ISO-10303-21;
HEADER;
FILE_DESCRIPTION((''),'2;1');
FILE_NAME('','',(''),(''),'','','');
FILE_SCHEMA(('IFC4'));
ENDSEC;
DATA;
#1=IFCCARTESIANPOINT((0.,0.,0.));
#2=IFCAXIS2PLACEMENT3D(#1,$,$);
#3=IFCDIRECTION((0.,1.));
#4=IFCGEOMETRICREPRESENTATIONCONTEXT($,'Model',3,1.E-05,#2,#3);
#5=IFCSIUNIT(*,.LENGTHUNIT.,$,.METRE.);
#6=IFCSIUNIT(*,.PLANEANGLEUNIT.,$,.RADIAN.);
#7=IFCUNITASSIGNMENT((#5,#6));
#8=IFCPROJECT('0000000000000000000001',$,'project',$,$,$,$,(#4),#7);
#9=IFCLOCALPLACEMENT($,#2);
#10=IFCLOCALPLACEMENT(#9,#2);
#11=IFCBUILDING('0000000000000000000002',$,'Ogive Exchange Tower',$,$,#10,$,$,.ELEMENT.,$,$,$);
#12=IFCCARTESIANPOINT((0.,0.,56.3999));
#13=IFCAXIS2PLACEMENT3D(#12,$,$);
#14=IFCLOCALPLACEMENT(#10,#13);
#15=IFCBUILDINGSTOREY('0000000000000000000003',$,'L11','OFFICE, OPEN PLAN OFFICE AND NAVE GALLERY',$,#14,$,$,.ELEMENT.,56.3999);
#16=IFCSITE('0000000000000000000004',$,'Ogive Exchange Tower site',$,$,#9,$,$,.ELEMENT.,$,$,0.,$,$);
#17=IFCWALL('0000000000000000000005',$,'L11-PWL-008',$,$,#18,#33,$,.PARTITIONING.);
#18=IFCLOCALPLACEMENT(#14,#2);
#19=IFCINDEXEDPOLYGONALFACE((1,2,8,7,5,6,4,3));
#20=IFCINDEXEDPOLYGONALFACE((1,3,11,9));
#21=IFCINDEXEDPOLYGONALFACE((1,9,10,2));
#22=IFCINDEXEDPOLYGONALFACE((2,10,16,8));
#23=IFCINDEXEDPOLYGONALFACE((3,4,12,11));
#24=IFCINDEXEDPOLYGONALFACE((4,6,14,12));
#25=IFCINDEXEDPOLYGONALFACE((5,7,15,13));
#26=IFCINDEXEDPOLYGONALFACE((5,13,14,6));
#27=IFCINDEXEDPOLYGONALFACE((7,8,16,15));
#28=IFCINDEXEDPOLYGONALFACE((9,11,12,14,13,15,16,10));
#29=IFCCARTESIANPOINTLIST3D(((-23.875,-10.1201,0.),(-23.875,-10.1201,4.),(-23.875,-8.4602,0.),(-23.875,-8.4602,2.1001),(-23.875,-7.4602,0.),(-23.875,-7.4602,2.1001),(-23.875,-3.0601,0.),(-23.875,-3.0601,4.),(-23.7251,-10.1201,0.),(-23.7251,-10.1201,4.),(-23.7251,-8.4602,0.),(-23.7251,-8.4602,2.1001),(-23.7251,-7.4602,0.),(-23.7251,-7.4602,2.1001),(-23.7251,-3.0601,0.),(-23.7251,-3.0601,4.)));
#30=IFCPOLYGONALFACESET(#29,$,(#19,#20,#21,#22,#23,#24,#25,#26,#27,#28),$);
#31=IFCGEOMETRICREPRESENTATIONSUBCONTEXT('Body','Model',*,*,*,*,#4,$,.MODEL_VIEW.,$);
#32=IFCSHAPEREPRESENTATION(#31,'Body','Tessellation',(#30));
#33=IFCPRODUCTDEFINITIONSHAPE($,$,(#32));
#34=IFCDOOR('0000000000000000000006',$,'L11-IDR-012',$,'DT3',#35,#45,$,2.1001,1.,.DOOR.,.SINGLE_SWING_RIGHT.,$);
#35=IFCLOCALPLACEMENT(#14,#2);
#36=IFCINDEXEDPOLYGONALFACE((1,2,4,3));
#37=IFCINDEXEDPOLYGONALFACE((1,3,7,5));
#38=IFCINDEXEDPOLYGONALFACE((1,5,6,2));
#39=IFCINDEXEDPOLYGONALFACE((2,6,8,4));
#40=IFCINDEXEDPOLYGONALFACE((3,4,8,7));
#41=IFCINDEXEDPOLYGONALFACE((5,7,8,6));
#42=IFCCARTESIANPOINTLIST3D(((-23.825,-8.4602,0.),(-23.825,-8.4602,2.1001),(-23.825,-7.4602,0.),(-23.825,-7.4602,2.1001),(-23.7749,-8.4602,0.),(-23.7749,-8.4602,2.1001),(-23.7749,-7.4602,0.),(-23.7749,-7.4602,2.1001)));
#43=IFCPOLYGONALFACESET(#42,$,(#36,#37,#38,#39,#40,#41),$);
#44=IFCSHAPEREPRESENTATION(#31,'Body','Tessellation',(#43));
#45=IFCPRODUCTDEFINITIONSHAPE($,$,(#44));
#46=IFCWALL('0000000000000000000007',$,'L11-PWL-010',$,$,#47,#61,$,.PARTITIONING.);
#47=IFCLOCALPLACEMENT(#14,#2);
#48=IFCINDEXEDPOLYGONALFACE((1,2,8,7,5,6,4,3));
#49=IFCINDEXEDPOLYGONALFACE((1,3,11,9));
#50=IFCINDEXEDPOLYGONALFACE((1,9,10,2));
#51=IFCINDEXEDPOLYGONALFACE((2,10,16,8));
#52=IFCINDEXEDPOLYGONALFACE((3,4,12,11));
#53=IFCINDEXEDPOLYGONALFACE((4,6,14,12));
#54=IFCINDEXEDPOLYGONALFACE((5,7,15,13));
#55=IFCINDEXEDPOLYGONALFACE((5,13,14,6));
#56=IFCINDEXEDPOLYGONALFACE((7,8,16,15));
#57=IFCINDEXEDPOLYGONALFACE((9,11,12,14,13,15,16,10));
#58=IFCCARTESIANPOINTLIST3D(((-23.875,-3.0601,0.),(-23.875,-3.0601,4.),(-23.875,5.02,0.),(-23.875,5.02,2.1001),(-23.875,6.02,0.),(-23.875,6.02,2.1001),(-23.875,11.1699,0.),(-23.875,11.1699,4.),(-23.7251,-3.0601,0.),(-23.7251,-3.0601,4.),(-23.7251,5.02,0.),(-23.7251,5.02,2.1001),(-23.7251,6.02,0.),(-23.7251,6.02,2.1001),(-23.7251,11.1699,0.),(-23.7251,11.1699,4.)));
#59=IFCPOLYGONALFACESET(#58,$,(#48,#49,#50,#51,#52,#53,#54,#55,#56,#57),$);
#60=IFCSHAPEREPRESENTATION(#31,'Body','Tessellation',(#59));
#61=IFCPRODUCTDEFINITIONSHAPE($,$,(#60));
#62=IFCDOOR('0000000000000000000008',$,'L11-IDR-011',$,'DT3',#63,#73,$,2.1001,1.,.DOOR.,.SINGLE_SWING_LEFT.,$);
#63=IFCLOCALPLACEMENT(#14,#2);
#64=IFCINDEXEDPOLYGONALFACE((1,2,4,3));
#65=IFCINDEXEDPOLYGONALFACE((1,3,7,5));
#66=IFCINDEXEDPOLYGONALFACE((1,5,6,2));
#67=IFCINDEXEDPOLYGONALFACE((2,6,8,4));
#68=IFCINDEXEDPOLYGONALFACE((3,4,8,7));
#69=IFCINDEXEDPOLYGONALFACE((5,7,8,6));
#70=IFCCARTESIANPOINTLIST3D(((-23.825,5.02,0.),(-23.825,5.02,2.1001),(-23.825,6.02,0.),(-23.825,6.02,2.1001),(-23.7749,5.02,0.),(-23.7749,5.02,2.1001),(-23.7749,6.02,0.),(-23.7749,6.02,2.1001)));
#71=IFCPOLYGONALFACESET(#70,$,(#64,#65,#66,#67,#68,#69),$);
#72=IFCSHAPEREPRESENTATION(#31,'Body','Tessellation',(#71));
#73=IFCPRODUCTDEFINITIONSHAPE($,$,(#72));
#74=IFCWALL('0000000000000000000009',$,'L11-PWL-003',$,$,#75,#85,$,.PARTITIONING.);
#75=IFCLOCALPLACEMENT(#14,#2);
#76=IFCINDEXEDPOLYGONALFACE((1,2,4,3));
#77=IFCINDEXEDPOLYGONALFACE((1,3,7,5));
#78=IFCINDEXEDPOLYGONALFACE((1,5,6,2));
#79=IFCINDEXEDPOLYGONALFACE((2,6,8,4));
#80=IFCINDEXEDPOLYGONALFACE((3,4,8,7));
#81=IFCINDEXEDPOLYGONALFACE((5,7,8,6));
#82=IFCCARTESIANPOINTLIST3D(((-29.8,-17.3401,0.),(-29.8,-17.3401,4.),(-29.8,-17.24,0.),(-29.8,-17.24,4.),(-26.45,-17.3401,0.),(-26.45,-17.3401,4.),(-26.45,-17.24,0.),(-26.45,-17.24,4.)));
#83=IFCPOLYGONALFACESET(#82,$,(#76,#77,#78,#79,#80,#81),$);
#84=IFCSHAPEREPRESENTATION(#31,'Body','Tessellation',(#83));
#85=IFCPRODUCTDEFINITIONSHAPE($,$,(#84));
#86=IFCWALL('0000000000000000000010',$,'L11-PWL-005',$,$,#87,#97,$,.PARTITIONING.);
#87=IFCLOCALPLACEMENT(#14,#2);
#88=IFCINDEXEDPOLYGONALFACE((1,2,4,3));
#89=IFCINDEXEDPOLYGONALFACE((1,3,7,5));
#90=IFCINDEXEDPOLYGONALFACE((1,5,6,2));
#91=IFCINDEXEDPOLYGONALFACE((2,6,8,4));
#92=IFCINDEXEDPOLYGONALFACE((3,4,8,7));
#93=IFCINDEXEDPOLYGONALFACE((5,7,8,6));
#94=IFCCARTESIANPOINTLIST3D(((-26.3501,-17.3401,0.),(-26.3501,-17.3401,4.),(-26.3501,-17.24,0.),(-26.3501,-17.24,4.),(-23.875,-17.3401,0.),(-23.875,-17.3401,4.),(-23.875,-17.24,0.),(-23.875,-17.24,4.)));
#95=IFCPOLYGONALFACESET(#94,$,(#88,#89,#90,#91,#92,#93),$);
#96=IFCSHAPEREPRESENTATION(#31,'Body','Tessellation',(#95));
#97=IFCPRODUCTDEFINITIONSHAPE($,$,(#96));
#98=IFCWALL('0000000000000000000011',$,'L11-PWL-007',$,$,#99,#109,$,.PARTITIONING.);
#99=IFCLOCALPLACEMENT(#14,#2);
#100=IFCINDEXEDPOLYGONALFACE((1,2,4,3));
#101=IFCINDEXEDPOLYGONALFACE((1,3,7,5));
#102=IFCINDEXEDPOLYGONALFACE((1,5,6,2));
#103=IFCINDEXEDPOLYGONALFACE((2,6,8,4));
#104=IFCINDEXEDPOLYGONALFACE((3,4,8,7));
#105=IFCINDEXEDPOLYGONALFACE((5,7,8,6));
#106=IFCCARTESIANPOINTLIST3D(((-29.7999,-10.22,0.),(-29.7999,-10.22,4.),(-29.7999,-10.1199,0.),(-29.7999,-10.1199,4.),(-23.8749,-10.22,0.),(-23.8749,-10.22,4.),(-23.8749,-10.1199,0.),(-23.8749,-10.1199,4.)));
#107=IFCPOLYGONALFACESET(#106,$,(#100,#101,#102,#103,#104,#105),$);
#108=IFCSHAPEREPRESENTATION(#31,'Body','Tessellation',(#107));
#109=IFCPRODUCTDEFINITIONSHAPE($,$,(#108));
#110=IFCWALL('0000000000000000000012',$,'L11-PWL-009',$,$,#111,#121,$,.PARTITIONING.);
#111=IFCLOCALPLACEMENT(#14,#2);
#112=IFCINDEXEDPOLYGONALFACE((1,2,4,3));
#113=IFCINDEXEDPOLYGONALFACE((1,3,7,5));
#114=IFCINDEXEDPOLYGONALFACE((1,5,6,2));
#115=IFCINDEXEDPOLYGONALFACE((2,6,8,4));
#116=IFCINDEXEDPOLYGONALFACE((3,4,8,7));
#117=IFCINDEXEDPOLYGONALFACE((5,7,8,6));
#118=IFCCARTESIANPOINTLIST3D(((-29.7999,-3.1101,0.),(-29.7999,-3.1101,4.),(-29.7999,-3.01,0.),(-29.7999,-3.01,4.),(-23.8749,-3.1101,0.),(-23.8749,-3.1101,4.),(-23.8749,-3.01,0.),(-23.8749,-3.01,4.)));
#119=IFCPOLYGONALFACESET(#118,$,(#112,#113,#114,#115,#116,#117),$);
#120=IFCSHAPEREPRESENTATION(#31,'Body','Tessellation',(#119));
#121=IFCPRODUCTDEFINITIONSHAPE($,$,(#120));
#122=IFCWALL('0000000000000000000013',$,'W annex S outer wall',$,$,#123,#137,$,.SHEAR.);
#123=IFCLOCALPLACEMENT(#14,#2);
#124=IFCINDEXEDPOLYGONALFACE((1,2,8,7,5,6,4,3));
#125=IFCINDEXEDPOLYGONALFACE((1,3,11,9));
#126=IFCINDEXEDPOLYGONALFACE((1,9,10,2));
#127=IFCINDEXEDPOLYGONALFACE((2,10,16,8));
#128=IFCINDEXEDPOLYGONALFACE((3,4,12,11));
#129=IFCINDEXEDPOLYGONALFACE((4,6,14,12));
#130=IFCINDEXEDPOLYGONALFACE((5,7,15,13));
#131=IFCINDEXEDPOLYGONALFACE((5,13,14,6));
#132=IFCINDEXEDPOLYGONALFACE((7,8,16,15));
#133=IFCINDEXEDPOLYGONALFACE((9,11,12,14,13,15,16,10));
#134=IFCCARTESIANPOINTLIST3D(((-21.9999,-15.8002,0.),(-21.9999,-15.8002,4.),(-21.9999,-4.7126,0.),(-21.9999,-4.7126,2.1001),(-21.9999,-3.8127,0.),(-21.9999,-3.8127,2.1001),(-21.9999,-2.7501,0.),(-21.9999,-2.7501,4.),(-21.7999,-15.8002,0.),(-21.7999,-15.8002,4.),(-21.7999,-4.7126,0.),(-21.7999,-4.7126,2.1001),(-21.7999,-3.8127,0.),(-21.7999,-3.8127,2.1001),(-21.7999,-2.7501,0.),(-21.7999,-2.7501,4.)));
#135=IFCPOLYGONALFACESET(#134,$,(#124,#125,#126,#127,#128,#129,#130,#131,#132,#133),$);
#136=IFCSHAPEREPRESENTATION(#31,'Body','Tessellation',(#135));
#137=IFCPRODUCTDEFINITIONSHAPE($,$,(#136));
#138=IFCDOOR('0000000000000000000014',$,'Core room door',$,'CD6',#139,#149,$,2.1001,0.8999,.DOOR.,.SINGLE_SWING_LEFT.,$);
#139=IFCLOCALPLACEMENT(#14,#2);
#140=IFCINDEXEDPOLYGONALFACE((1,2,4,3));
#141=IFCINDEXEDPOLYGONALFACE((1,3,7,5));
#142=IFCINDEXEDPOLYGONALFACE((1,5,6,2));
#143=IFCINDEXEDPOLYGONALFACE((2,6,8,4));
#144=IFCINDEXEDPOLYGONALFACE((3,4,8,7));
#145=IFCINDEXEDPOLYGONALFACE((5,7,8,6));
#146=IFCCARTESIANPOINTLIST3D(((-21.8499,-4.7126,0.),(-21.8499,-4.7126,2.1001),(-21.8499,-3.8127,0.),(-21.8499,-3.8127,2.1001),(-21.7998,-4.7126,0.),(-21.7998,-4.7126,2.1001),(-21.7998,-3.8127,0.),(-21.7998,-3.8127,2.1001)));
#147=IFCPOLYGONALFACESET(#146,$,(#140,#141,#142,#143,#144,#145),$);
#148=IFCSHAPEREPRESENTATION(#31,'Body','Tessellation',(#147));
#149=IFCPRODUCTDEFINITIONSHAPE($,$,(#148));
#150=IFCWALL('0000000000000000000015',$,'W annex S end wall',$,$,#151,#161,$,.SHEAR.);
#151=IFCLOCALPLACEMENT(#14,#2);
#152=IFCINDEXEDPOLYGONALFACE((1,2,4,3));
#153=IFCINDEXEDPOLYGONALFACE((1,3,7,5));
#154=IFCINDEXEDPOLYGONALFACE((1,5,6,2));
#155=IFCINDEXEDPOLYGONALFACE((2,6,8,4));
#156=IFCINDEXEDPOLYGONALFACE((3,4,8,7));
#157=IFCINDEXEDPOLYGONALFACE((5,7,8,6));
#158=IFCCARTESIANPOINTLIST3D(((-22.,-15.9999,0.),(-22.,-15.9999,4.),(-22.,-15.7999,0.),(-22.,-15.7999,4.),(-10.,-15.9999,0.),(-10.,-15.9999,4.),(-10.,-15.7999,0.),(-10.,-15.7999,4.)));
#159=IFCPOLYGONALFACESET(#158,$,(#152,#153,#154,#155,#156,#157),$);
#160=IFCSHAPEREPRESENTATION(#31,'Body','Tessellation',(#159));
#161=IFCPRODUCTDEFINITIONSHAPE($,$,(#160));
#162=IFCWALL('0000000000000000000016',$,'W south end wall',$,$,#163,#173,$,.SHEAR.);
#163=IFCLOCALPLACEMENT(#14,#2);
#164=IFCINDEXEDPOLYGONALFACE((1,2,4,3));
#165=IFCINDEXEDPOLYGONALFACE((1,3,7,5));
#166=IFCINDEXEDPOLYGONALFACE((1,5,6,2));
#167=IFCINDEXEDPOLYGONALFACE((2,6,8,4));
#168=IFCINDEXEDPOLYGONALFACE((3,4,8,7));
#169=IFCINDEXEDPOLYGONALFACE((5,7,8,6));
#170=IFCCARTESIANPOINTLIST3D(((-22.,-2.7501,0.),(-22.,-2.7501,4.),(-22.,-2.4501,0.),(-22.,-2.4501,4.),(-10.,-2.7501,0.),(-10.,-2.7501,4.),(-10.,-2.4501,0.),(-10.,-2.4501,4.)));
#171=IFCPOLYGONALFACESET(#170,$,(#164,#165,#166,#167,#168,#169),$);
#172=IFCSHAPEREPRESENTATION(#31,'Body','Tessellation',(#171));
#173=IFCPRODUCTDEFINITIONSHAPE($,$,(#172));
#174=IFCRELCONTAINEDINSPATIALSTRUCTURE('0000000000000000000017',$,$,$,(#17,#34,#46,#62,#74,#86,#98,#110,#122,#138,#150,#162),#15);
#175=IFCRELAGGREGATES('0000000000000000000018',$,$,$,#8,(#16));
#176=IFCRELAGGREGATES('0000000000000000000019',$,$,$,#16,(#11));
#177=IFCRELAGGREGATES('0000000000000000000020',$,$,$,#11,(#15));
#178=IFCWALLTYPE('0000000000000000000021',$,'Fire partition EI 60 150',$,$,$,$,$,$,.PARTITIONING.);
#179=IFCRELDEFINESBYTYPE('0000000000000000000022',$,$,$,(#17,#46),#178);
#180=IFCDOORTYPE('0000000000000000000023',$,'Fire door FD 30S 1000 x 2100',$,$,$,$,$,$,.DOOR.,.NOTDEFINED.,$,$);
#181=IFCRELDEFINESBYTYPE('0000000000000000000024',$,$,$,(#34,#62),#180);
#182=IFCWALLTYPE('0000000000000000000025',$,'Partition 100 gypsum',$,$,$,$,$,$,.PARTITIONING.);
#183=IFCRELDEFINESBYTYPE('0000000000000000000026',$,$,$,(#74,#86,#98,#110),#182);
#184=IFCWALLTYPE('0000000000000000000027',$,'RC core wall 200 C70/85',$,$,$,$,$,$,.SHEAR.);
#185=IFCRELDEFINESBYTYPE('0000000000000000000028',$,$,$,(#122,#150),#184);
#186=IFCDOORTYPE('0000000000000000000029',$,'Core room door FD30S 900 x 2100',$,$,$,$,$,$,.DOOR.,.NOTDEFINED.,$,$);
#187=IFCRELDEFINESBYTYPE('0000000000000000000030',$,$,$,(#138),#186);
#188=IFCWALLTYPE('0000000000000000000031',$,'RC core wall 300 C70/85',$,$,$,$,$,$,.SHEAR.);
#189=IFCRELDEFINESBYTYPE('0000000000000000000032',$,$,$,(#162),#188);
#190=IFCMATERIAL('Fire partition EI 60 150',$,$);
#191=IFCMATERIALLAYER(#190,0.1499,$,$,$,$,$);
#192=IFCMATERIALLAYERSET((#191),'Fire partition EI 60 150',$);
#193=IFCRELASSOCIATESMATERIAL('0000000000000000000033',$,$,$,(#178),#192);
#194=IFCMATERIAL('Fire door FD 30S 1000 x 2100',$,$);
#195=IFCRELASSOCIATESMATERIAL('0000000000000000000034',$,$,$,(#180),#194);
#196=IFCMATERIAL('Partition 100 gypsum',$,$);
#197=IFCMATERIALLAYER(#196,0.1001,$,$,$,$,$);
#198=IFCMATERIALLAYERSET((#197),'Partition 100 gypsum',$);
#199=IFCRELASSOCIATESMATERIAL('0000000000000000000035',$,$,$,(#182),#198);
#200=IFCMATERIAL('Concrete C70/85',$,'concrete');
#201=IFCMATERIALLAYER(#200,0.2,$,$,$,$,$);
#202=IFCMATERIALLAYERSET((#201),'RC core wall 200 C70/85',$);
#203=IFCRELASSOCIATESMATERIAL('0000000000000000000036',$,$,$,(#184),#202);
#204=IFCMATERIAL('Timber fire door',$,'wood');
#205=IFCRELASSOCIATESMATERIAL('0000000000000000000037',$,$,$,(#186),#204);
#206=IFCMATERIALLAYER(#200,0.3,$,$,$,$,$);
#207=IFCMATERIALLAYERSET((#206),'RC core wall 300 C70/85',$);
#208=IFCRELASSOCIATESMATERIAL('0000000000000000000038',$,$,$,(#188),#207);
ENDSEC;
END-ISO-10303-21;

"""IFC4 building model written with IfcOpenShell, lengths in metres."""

from ifc_helpers import new_model, si_unit, direction, frame, frame_2d, origin, place, context, subcontext, project, spatial, rectangle, extrude, material, layer, layer_set, type_object, element, fill, save


model = new_model("IFC4")

# Units and contexts
model_context = context("Model", 3, precision=1e-05, world=origin(), true_north=direction((0.0, 1.0)))
body_context = subcontext(model_context, "Body", "Model", "MODEL_VIEW")
ifc_project = project(units=[si_unit("LENGTHUNIT", "METRE"), si_unit("PLANEANGLEUNIT", "RADIAN")], contexts=[model_context])

# Site, building, storey
site_placement = place(None, origin())
site = spatial("IfcSite", under=ifc_project, at=site_placement, Name="Ogive Exchange Tower site", CompositionType="ELEMENT", RefElevation=0.0)
building_placement = place(site_placement, origin())
building = spatial("IfcBuilding", under=site, at=building_placement, Name="Ogive Exchange Tower", CompositionType="ELEMENT")
storey_placement = place(building_placement, frame((0.0, 0.0, 56.3999)))
storey = spatial("IfcBuildingStorey", under=building, at=storey_placement, Name="L11", Description="OFFICE, OPEN PLAN OFFICE AND NAVE GALLERY", CompositionType="ELEMENT", Elevation=56.3999)

# Walls, openings, doors
ifc_material_1 = material(Name="Fire partition EI 60 150")
ifc_layer_1 = layer(ifc_material_1, 0.1499)
ifc_layer_set_1 = layer_set([ifc_layer_1], Name="Fire partition EI 60 150")
wall_type_1 = type_object("IfcWallType", Name="Fire partition EI 60 150", PredefinedType="PARTITIONING", material=ifc_layer_set_1)
ifc_material_2 = material(Name="Fire door FD 30S 1000 x 2100")
door_type_1 = type_object("IfcDoorType", Name="Fire door FD 30S 1000 x 2100", OperationType="NOTDEFINED", PredefinedType="DOOR", material=ifc_material_2)
wall_1_placement = place(storey_placement, frame((-23.8, -10.1201, 0.0), z_axis=(0.0, 0.0, 1.0), x_axis=(0.0, 1.0, 0.0)))
wall_1 = element("IfcWall", 1, at=wall_1_placement, inside=storey, type_object=wall_type_1, Name="L11-PWL-008", PredefinedType="PARTITIONING", context=body_context, shape_type="SweptSolid", body=[
    extrude(rectangle(XDim=7.0601, YDim=0.1499, at=frame_2d((3.53, 0.0))), origin(), (0.0, 0.0, 1.0), 4.0),
])
opening_1_placement = place(wall_1_placement, frame((1.6599, 0.0, 0.0)))
opening_1 = element("IfcOpeningElement", 2, at=opening_1_placement, cuts=wall_1, PredefinedType="OPENING", context=body_context, shape_type="SweptSolid", body=[
    extrude(rectangle(XDim=1.0, YDim=2.1001, at=frame_2d((0.5, 1.05))), frame((0.0, 0.085, 0.0), z_axis=(0.0, -1.0, 0.0), x_axis=(1.0, 0.0, 0.0)), (0.0, 0.0, 1.0), 0.1699),
])
door_1_placement = place(opening_1_placement, origin())
door_1 = element("IfcDoor", 3, at=door_1_placement, inside=storey, type_object=door_type_1, Name="L11-IDR-012", ObjectType="DT3", OperationType="SINGLE_SWING_RIGHT", OverallHeight=2.1001, OverallWidth=1.0, PredefinedType="DOOR", context=body_context, shape_type="SweptSolid", body=[
    extrude(rectangle(XDim=1.0, YDim=2.1001, at=frame_2d((0.5, 1.05))), frame((0.0, 0.0249, 0.0), z_axis=(0.0, -1.0, 0.0), x_axis=(1.0, 0.0, 0.0)), (0.0, 0.0, 1.0), 0.05),
])
fill(opening_1, door_1)
wall_2_placement = place(storey_placement, frame((-23.8, -3.0601, 0.0), z_axis=(0.0, 0.0, 1.0), x_axis=(0.0, 1.0, 0.0)))
wall_2 = element("IfcWall", 4, at=wall_2_placement, inside=storey, type_object=wall_type_1, Name="L11-PWL-010", PredefinedType="PARTITIONING", context=body_context, shape_type="SweptSolid", body=[
    extrude(rectangle(XDim=14.23, YDim=0.1499, at=frame_2d((7.115, 0.0))), origin(), (0.0, 0.0, 1.0), 4.0),
])
opening_2_placement = place(wall_2_placement, frame((8.0801, 0.0, 0.0)))
opening_2 = element("IfcOpeningElement", 5, at=opening_2_placement, cuts=wall_2, PredefinedType="OPENING", context=body_context, shape_type="SweptSolid", body=[
    extrude(rectangle(XDim=1.0, YDim=2.1001, at=frame_2d((0.5, 1.05))), frame((0.0, 0.085, 0.0), z_axis=(0.0, -1.0, 0.0), x_axis=(1.0, 0.0, 0.0)), (0.0, 0.0, 1.0), 0.1699),
])
door_2_placement = place(opening_2_placement, origin())
door_2 = element("IfcDoor", 6, at=door_2_placement, inside=storey, type_object=door_type_1, Name="L11-IDR-011", ObjectType="DT3", OperationType="SINGLE_SWING_LEFT", OverallHeight=2.1001, OverallWidth=1.0, PredefinedType="DOOR", context=body_context, shape_type="SweptSolid", body=[
    extrude(rectangle(XDim=1.0, YDim=2.1001, at=frame_2d((0.5, 1.05))), frame((0.0, 0.0249, 0.0), z_axis=(0.0, -1.0, 0.0), x_axis=(1.0, 0.0, 0.0)), (0.0, 0.0, 1.0), 0.05),
])
fill(opening_2, door_2)

# Walls
ifc_material_3 = material(Name="Partition 100 gypsum")
ifc_layer_2 = layer(ifc_material_3, 0.1001)
ifc_layer_set_2 = layer_set([ifc_layer_2], Name="Partition 100 gypsum")
wall_type_2 = type_object("IfcWallType", Name="Partition 100 gypsum", PredefinedType="PARTITIONING", material=ifc_layer_set_2)
wall_3_placement = place(storey_placement, frame((-26.45, -17.29, 0.0), z_axis=(0.0, 0.0, 1.0), x_axis=(-1.0, 0.0, 0.0)))
element("IfcWall", 7, at=wall_3_placement, inside=storey, type_object=wall_type_2, Name="L11-PWL-003", PredefinedType="PARTITIONING", context=body_context, shape_type="SweptSolid", body=[
    extrude(rectangle(XDim=3.3501, YDim=0.1001, at=frame_2d((1.675, 0.0))), origin(), (0.0, 0.0, 1.0), 4.0),
])
wall_4_placement = place(storey_placement, frame((-23.875, -17.29, 0.0), z_axis=(0.0, 0.0, 1.0), x_axis=(-1.0, 0.0, 0.0)))
element("IfcWall", 8, at=wall_4_placement, inside=storey, type_object=wall_type_2, Name="L11-PWL-005", PredefinedType="PARTITIONING", context=body_context, shape_type="SweptSolid", body=[
    extrude(rectangle(XDim=2.4751, YDim=0.1001, at=frame_2d((1.2375, 0.0))), origin(), (0.0, 0.0, 1.0), 4.0),
])
for number, where, z_axis, x_axis, name in (
    (9, (-23.875, -10.1699, 0.0), (0.0, 0.0, 1.0), (-1.0, 0.0, 0.0), "L11-PWL-007"),
    (10, (-23.875, -3.0601, 0.0), (0.0, 0.0, 1.0), (-1.0, 0.0, 0.0), "L11-PWL-009"),
):
    element("IfcWall", number, at=place(storey_placement, frame(where, z_axis=z_axis, x_axis=x_axis)), inside=storey, type_object=wall_type_2, Name=name, PredefinedType="PARTITIONING", context=body_context, shape_type="SweptSolid", body=[
        extrude(rectangle(XDim=5.925, YDim=0.1001, at=frame_2d((2.9624, 0.0))), origin(), (0.0, 0.0, 1.0), 4.0),
    ])

# Wall, opening, door
ifc_material_4 = material(Name="Concrete C70/85", Category="concrete")
ifc_layer_3 = layer(ifc_material_4, 0.2)
ifc_layer_set_3 = layer_set([ifc_layer_3], Name="RC core wall 200 C70/85")
wall_type_3 = type_object("IfcWallType", Name="RC core wall 200 C70/85", PredefinedType="SHEAR", material=ifc_layer_set_3)
wall_5_placement = place(storey_placement, frame((-21.8999, -15.8, 0.0), z_axis=(0.0, 0.0, 1.0), x_axis=(0.0, 1.0, 0.0)))
wall_5 = element("IfcWall", 11, at=wall_5_placement, inside=storey, type_object=wall_type_3, Name="W annex S outer wall", PredefinedType="SHEAR", context=body_context, shape_type="SweptSolid", body=[
    extrude(rectangle(XDim=13.05, YDim=0.2, at=frame_2d((6.5249, 0.0))), origin(), (0.0, 0.0, 1.0), 4.0),
])
opening_3_placement = place(wall_5_placement, frame((11.0874, 0.0, 0.0)))
opening_3 = element("IfcOpeningElement", 12, at=opening_3_placement, cuts=wall_5, PredefinedType="OPENING", context=body_context, shape_type="SweptSolid", body=[
    extrude(rectangle(XDim=0.8999, YDim=2.1001, at=frame_2d((0.45, 1.05))), frame((0.0, 0.1099, 0.0), z_axis=(0.0, -1.0, 0.0), x_axis=(1.0, 0.0, 0.0)), (0.0, 0.0, 1.0), 0.22),
])
ifc_material_5 = material(Name="Timber fire door", Category="wood")
door_type_2 = type_object("IfcDoorType", Name="Core room door FD30S 900 x 2100", OperationType="NOTDEFINED", PredefinedType="DOOR", material=ifc_material_5)
door_3_placement = place(opening_3_placement, frame((0.8999, -0.1499, 0.0), z_axis=(0.0, 0.0, 1.0), x_axis=(-1.0, 0.0, 0.0)))
door_3 = element("IfcDoor", 13, at=door_3_placement, inside=storey, type_object=door_type_2, Name="Core room door", ObjectType="CD6", OperationType="SINGLE_SWING_LEFT", OverallHeight=2.1001, OverallWidth=0.8999, PredefinedType="DOOR", context=body_context, shape_type="SweptSolid", body=[
    extrude(rectangle(XDim=0.8999, YDim=2.1001, at=frame_2d((0.45, 1.05))), frame((0.0, -0.0498, 0.0), z_axis=(0.0, -1.0, 0.0), x_axis=(1.0, 0.0, 0.0)), (0.0, 0.0, 1.0), 0.05),
])
fill(opening_3, door_3)

# Walls
wall_6_placement = place(storey_placement, frame((-22.0, -15.8999, 0.0), z_axis=(0.0, 0.0, 1.0), x_axis=(1.0, 0.0, 0.0)))
element("IfcWall", 14, at=wall_6_placement, inside=storey, type_object=wall_type_3, Name="W annex S end wall", PredefinedType="SHEAR", context=body_context, shape_type="SweptSolid", body=[
    extrude(rectangle(XDim=12.0, YDim=0.2, at=frame_2d((6.0, 0.0))), origin(), (0.0, 0.0, 1.0), 4.0),
])
ifc_layer_4 = layer(ifc_material_4, 0.3)
ifc_layer_set_4 = layer_set([ifc_layer_4], Name="RC core wall 300 C70/85")
wall_type_4 = type_object("IfcWallType", Name="RC core wall 300 C70/85", PredefinedType="SHEAR", material=ifc_layer_set_4)
wall_7_placement = place(storey_placement, frame((-22.0, -2.6001, 0.0), z_axis=(0.0, 0.0, 1.0), x_axis=(1.0, 0.0, 0.0)))
element("IfcWall", 15, at=wall_7_placement, inside=storey, type_object=wall_type_4, Name="W south end wall", PredefinedType="SHEAR", context=body_context, shape_type="SweptSolid", body=[
    extrude(rectangle(XDim=12.0, YDim=0.3, at=frame_2d((6.0, 0.0))), origin(), (0.0, 0.0, 1.0), 4.0),
])

save(model, "model.ifc")
